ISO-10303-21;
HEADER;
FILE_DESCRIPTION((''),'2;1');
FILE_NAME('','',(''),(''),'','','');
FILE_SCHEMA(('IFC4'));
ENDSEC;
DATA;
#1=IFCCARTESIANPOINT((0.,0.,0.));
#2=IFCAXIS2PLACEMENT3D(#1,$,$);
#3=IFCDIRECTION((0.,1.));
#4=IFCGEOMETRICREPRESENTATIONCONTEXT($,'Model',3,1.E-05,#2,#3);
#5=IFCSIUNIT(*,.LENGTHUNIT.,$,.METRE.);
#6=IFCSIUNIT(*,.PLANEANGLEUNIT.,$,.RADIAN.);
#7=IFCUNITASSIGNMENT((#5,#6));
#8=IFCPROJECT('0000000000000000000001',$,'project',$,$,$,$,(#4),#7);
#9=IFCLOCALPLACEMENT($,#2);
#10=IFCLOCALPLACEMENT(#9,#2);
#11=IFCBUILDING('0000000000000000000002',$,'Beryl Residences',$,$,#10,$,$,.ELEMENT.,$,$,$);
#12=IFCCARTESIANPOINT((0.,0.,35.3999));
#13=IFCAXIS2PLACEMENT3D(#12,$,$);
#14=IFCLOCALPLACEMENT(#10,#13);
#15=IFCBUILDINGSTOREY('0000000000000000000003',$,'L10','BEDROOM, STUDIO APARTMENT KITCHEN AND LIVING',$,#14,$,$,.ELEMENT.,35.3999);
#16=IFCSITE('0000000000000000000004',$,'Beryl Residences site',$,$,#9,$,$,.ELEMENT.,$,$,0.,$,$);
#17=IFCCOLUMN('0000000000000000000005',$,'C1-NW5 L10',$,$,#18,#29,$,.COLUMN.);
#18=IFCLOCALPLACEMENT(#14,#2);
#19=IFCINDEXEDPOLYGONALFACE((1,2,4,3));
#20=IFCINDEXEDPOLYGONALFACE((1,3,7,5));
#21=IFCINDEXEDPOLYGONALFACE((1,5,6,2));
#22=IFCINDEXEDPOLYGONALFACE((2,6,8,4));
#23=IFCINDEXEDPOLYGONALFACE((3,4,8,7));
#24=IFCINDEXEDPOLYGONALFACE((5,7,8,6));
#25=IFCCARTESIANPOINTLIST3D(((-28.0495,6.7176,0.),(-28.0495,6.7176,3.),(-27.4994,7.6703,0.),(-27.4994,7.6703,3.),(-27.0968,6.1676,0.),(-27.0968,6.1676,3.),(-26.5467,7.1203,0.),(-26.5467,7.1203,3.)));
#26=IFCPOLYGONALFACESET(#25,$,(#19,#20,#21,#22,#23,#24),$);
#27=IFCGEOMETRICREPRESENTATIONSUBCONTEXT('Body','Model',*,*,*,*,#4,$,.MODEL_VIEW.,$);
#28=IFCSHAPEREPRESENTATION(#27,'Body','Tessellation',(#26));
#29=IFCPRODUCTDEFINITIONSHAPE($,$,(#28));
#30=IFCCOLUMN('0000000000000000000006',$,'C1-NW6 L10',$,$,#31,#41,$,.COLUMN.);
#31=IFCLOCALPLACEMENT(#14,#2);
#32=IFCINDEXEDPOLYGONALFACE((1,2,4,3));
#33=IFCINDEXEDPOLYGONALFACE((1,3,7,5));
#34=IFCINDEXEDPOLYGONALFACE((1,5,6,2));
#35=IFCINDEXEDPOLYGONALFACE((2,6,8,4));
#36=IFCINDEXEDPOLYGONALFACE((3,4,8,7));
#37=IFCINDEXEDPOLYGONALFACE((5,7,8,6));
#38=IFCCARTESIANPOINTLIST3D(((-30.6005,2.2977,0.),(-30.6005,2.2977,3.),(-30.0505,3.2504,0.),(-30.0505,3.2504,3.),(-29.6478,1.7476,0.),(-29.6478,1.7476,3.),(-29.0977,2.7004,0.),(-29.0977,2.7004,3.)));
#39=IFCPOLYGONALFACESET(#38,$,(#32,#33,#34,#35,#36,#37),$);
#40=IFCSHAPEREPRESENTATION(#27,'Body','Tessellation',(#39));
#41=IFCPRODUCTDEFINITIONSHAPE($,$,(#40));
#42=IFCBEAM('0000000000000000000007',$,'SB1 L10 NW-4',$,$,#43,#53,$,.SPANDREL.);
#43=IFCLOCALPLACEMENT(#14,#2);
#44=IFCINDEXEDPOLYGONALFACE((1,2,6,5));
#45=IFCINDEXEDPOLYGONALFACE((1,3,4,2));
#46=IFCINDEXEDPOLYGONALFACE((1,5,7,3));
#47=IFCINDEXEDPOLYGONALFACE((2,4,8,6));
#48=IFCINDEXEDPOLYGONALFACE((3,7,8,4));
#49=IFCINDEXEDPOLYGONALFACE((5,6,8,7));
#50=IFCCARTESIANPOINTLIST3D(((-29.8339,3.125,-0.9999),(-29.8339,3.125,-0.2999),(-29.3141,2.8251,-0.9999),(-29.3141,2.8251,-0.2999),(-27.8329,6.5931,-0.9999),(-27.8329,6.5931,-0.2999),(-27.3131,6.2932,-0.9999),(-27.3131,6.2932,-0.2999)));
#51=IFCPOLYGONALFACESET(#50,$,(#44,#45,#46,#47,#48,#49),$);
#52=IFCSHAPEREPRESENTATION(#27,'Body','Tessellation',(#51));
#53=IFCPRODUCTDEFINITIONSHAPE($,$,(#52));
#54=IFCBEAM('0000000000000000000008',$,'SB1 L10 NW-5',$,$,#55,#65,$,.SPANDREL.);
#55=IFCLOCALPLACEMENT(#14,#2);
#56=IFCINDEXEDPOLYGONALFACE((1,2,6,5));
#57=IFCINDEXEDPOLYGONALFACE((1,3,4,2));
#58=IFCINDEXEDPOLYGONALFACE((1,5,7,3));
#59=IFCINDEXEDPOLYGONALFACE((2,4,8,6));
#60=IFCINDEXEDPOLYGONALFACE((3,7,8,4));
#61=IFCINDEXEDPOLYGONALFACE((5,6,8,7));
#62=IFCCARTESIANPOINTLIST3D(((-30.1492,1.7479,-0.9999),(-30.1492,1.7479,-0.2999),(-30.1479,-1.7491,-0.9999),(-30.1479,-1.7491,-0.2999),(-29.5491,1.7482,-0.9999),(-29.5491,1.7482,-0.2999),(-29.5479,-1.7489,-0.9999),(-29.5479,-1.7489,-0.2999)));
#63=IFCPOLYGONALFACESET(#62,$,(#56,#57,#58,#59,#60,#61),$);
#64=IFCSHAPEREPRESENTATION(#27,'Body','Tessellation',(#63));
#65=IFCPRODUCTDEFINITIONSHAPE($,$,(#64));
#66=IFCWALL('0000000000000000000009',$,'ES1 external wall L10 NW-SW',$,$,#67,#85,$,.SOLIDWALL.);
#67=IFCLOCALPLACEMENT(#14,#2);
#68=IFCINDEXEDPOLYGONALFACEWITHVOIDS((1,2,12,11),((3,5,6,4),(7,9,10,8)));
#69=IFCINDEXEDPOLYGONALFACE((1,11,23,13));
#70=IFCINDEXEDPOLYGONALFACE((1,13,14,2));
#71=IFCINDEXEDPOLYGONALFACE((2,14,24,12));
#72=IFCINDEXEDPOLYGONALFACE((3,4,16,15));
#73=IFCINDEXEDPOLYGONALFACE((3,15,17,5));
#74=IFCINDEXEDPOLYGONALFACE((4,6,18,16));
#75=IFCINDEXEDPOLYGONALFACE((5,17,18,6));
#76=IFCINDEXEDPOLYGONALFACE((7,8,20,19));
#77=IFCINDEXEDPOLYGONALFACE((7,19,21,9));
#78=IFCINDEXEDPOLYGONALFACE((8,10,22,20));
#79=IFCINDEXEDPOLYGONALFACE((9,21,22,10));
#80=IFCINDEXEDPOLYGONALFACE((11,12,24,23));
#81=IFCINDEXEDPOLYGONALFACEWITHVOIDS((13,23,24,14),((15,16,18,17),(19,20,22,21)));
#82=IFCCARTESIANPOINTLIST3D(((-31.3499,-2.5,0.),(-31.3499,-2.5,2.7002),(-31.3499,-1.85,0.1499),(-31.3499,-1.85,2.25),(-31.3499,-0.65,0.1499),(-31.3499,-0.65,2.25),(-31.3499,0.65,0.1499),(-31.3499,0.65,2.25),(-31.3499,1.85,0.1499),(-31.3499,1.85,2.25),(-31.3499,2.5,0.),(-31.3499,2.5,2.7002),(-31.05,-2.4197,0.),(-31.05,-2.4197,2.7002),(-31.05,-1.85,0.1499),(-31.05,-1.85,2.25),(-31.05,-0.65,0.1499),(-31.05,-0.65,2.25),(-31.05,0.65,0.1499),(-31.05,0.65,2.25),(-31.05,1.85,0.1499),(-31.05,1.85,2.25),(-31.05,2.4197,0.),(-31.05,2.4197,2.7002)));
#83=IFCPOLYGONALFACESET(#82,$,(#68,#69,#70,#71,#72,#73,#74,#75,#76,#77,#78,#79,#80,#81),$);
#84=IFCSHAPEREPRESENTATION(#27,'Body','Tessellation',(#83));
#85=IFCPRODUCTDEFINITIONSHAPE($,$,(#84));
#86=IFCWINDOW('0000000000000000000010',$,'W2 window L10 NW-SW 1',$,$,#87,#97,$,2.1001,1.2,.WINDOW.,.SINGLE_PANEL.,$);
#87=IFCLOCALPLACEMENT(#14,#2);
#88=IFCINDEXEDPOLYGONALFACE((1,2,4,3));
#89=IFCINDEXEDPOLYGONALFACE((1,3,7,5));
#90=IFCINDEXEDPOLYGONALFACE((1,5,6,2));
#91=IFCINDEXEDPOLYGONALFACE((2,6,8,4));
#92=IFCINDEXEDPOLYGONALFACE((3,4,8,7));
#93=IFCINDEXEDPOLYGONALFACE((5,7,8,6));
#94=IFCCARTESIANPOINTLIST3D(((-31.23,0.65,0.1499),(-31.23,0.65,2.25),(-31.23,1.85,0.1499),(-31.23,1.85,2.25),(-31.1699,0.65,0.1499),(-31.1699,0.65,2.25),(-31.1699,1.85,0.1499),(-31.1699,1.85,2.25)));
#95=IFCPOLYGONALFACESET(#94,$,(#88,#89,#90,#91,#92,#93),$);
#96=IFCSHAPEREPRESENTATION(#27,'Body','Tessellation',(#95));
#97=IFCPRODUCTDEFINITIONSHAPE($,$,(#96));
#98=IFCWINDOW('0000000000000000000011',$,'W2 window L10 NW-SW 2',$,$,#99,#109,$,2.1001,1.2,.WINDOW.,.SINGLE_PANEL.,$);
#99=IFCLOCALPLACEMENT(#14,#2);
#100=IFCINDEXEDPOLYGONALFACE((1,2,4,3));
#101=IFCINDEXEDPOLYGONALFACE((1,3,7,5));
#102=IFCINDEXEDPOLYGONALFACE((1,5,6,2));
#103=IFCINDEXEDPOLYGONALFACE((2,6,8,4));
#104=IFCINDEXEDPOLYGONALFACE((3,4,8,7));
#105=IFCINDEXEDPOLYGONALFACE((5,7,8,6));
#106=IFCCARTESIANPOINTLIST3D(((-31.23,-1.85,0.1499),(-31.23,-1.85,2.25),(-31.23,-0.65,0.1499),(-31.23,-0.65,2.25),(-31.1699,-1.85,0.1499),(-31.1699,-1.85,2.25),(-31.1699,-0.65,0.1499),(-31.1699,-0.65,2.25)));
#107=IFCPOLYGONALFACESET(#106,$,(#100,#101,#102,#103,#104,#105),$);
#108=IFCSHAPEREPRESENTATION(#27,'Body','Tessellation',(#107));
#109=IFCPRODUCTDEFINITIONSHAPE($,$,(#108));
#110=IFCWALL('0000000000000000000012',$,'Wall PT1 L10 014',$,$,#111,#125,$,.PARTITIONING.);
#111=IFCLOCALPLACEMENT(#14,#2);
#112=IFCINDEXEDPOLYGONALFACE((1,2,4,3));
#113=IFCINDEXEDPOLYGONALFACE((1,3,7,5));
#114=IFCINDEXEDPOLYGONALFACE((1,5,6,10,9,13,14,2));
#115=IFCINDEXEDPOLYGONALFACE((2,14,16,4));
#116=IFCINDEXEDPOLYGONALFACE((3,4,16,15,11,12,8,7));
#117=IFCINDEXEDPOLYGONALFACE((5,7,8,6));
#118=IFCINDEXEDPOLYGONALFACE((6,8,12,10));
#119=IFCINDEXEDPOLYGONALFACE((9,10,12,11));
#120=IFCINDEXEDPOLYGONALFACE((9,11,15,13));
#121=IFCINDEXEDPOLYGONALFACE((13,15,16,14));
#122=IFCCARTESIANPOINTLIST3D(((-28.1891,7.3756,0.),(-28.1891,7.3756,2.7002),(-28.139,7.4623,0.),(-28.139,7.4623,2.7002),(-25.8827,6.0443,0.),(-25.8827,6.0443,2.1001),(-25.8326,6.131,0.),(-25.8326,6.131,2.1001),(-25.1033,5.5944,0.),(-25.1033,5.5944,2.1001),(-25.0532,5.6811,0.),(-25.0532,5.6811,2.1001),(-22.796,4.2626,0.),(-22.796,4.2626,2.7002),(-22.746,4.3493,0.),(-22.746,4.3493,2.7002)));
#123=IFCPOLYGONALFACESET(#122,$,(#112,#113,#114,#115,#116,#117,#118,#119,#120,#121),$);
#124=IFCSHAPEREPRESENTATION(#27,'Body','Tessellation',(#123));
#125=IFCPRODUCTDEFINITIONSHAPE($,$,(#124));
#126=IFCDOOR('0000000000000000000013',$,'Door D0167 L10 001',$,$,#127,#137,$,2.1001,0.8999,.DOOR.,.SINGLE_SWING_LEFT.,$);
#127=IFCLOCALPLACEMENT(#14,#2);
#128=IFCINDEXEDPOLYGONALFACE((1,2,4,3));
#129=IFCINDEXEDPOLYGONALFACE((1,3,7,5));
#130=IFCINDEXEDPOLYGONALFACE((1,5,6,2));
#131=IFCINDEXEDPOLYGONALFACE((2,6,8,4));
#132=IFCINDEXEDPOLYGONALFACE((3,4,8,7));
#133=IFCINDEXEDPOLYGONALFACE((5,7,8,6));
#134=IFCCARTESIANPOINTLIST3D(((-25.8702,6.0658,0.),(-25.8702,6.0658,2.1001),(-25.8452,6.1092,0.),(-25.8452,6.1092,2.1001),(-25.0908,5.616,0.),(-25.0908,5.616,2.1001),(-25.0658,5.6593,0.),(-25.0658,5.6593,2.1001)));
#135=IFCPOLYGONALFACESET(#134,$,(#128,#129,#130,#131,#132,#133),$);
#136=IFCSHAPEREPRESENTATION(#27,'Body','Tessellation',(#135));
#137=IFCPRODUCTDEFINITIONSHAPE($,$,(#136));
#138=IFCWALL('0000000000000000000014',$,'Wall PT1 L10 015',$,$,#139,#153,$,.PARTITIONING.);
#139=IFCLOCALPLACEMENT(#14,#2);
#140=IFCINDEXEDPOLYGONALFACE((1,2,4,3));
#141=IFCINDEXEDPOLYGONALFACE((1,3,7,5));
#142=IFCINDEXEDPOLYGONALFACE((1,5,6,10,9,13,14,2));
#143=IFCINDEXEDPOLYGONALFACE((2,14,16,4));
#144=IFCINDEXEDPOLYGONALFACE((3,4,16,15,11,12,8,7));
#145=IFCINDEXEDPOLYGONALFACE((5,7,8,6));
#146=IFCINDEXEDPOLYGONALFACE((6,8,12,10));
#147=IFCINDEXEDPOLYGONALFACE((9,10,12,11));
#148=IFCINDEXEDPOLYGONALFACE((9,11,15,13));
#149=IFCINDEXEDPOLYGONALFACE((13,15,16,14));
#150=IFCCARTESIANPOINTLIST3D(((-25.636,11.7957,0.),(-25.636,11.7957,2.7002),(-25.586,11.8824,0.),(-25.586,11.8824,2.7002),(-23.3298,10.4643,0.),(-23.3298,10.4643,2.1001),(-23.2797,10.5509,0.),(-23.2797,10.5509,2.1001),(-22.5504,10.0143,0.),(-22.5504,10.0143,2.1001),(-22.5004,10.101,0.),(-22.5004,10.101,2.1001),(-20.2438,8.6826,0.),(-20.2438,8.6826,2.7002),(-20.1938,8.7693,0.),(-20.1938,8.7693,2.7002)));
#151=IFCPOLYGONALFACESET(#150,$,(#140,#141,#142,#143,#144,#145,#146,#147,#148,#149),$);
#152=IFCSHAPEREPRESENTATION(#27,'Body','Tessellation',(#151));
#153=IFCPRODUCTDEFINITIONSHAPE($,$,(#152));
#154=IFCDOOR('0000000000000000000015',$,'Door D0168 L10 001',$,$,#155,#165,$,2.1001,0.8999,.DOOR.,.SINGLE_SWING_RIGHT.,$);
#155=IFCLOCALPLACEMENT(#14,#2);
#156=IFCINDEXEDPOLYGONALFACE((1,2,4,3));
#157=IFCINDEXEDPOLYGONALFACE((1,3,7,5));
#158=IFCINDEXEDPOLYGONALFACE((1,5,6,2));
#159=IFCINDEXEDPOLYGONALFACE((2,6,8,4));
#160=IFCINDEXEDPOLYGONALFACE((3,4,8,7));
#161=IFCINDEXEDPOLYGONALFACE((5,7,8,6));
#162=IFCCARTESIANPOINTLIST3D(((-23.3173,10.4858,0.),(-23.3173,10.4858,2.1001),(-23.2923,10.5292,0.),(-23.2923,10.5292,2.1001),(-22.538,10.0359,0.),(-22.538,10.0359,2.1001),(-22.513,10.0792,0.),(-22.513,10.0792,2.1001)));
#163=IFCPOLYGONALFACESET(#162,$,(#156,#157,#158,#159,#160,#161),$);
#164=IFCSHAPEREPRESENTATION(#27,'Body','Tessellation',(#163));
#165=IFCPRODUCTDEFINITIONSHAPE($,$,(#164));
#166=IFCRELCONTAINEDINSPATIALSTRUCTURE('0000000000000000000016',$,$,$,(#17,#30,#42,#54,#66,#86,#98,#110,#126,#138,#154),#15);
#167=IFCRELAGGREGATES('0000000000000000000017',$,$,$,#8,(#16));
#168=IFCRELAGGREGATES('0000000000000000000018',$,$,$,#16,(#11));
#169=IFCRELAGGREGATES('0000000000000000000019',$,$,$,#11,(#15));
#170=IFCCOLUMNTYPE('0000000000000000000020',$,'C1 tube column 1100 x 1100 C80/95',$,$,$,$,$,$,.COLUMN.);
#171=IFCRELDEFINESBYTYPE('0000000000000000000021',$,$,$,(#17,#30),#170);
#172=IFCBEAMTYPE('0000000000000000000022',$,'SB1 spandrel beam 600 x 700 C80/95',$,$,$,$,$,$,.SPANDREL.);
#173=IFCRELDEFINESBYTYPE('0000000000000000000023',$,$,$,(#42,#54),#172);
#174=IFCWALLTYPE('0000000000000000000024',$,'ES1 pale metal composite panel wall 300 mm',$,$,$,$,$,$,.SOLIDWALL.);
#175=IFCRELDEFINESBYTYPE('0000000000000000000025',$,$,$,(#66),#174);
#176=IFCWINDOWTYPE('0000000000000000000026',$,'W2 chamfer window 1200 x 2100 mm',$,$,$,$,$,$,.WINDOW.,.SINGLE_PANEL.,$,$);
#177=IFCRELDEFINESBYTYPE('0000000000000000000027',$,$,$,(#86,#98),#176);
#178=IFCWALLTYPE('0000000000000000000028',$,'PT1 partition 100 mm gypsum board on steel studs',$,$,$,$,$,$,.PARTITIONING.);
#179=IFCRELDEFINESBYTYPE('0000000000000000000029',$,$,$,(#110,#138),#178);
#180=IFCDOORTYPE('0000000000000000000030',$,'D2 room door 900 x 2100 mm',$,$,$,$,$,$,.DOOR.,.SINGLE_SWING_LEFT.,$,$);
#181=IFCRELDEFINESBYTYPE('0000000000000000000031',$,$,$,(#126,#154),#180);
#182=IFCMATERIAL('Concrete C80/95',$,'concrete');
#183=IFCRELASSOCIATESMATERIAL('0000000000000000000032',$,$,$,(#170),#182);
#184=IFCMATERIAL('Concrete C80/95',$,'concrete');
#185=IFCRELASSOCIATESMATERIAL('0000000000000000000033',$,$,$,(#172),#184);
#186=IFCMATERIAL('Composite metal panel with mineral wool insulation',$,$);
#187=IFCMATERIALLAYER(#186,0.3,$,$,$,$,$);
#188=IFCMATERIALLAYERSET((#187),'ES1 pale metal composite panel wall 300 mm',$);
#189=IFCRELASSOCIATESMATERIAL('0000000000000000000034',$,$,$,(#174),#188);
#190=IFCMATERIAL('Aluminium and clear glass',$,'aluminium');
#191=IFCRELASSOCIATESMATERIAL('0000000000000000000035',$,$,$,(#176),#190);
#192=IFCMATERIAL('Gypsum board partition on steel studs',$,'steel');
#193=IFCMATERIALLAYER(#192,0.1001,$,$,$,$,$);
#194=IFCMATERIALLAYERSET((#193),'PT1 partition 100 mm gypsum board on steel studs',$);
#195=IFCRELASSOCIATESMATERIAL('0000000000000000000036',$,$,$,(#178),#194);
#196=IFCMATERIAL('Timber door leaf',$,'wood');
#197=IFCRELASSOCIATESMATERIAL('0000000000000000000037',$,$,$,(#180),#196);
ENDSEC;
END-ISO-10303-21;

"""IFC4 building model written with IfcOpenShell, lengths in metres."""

from ifc_helpers import new_model, si_unit, direction, frame, frame_2d, origin, origin_2d, place, context, subcontext, project, spatial, polyline, rectangle, outline, extrude, material, layer, layer_set, material_profile, profile_set, type_object, element, fill, save


model = new_model("IFC4")

# Units and contexts
model_context = context("Model", 3, precision=1e-05, world=origin(), true_north=direction((0.0, 1.0)))
body_context = subcontext(model_context, "Body", "Model", "MODEL_VIEW")
ifc_project = project(units=[si_unit("LENGTHUNIT", "METRE"), si_unit("PLANEANGLEUNIT", "RADIAN")], contexts=[model_context])

# Site, building, storey
site_placement = place(None, origin())
site = spatial("IfcSite", under=ifc_project, at=site_placement, Name="Beryl Residences site", CompositionType="ELEMENT", RefElevation=0.0)
building_placement = place(site_placement, origin())
building = spatial("IfcBuilding", under=site, at=building_placement, Name="Beryl Residences", CompositionType="ELEMENT")
storey_placement = place(building_placement, frame((0.0, 0.0, 35.3999)))
storey = spatial("IfcBuildingStorey", under=building, at=storey_placement, Name="L10", Description="BEDROOM, STUDIO APARTMENT KITCHEN AND LIVING", CompositionType="ELEMENT", Elevation=35.3999)

# Columns
ifc_material_1 = material(Name="Concrete C80/95", Category="concrete")
ifc_material_profile_1 = material_profile(ifc_material_1, rectangle(XDim=1.1001, YDim=1.1001, at=origin_2d()))
ifc_profile_set_1 = profile_set([ifc_material_profile_1], Name="Concrete C80/95")
column_type = type_object("IfcColumnType", Name="C1 tube column 1100 x 1100 C80/95", PredefinedType="COLUMN", material=ifc_profile_set_1)
for number, where, z_axis, x_axis, name in (
    (1, (-27.2981, 6.9189, 0.0), (0.0, 0.0, 1.0), (-0.499985, -0.866034, 0.0), "C1-NW5 L10"),
    (2, (-29.8491, 2.499, 0.0), (0.0, 0.0, 1.0), (-0.499985, -0.866034, 0.0), "C1-NW6 L10"),
):
    element("IfcColumn", number, at=place(storey_placement, frame(where, z_axis=z_axis, x_axis=x_axis)), inside=storey, type_object=column_type, Name=name, PredefinedType="COLUMN", context=body_context, shape_type="SweptSolid", body=[
        extrude(rectangle(XDim=1.1001, YDim=1.1001, at=origin_2d()), origin(), (0.0, 0.0, 1.0), 3.0),
    ])

# Beams
ifc_material_2 = material(Name="Concrete C80/95", Category="concrete")
ifc_material_profile_2 = material_profile(ifc_material_2, rectangle(XDim=0.6001, YDim=0.7, at=origin_2d()))
ifc_profile_set_2 = profile_set([ifc_material_profile_2], Name="Concrete C80/95")
beam_type = type_object("IfcBeamType", Name="SB1 spandrel beam 600 x 700 C80/95", PredefinedType="SPANDREL", material=ifc_profile_set_2)
beam_1_placement = place(storey_placement, frame((-27.573, 6.4431, -0.6499), z_axis=(-0.499759, -0.866164, 0.0), x_axis=(0.866164, -0.499759, 0.0)))
element("IfcBeam", 3, at=beam_1_placement, inside=storey, type_object=beam_type, Name="SB1 L10 NW-4", PredefinedType="SPANDREL", context=body_context, shape_type="SweptSolid", body=[
    extrude(rectangle(XDim=0.6001, YDim=0.7, at=origin_2d()), origin(), (0.0, 0.0, 1.0), 4.0039),
])
beam_2_placement = place(storey_placement, frame((-29.8491, 1.748, -0.6499), z_axis=(0.000349, -1.0, 0.0), x_axis=(1.0, 0.000349, 0.0)))
element("IfcBeam", 4, at=beam_2_placement, inside=storey, type_object=beam_type, Name="SB1 L10 NW-5", PredefinedType="SPANDREL", context=body_context, shape_type="SweptSolid", body=[
    extrude(rectangle(XDim=0.6001, YDim=0.7, at=origin_2d()), origin(), (0.0, 0.0, 1.0), 3.4971),
])

# Wall, openings, windows
ifc_material_3 = material(Name="Composite metal panel with mineral wool insulation")
ifc_layer_1 = layer(ifc_material_3, 0.3)
ifc_layer_set_1 = layer_set([ifc_layer_1], Name="ES1 pale metal composite panel wall 300 mm")
wall_type_1 = type_object("IfcWallType", Name="ES1 pale metal composite panel wall 300 mm", PredefinedType="SOLIDWALL", material=ifc_layer_set_1)
wall_1_placement = place(storey_placement, frame((-31.2, 2.5, 0.0), z_axis=(0.0, 0.0, 1.0), x_axis=(0.0, -1.0, 0.0)))
wall_1 = element("IfcWall", 5, at=wall_1_placement, inside=storey, type_object=wall_type_1, Name="ES1 external wall L10 NW-SW", PredefinedType="SOLIDWALL", context=body_context, shape_type="SweptSolid", body=[
    extrude(outline(polyline([(0.0, -0.1499), (5.0, -0.1499), (4.9197, 0.1499), (0.0803, 0.1499), (0.0, -0.1499)])), origin(), (0.0, 0.0, 1.0), 2.7002),
])
opening_1_placement = place(wall_1_placement, frame((0.6499, 0.0, 0.1499)))
opening_1 = element("IfcOpeningElement", 6, at=opening_1_placement, cuts=wall_1, PredefinedType="OPENING", context=body_context, shape_type="SweptSolid", body=[
    extrude(rectangle(XDim=1.2, YDim=2.1001, at=frame_2d((0.6001, 1.05))), frame((0.0, 0.1599, 0.0), z_axis=(0.0, -1.0, 0.0), x_axis=(1.0, 0.0, 0.0)), (0.0, 0.0, 1.0), 0.3201),
])
opening_2_placement = place(wall_1_placement, frame((3.1499, 0.0, 0.1499)))
opening_2 = element("IfcOpeningElement", 7, at=opening_2_placement, cuts=wall_1, PredefinedType="OPENING", context=body_context, shape_type="SweptSolid", body=[
    extrude(rectangle(XDim=1.2, YDim=2.1001, at=frame_2d((0.6001, 1.05))), frame((0.0, 0.1599, 0.0), z_axis=(0.0, -1.0, 0.0), x_axis=(1.0, 0.0, 0.0)), (0.0, 0.0, 1.0), 0.3201),
])
ifc_material_4 = material(Name="Aluminium and clear glass", Category="aluminium")
window_type = type_object("IfcWindowType", Name="W2 chamfer window 1200 x 2100 mm", PartitioningType="SINGLE_PANEL", PredefinedType="WINDOW", material=ifc_material_4)
window_1_placement = place(opening_1_placement, origin())
window_1 = element("IfcWindow", 8, at=window_1_placement, inside=storey, type_object=window_type, Name="W2 window L10 NW-SW 1", OverallHeight=2.1001, OverallWidth=1.2, PartitioningType="SINGLE_PANEL", PredefinedType="WINDOW", context=body_context, shape_type="SweptSolid", body=[
    extrude(rectangle(XDim=1.2, YDim=2.1001, at=frame_2d((0.6001, 1.05))), frame((0.0, 0.03, 0.0), z_axis=(0.0, -1.0, 0.0), x_axis=(1.0, 0.0, 0.0)), (0.0, 0.0, 1.0), 0.0601),
])
fill(opening_1, window_1)
window_2_placement = place(opening_2_placement, origin())
window_2 = element("IfcWindow", 9, at=window_2_placement, inside=storey, type_object=window_type, Name="W2 window L10 NW-SW 2", OverallHeight=2.1001, OverallWidth=1.2, PartitioningType="SINGLE_PANEL", PredefinedType="WINDOW", context=body_context, shape_type="SweptSolid", body=[
    extrude(rectangle(XDim=1.2, YDim=2.1001, at=frame_2d((0.6001, 1.05))), frame((0.0, 0.03, 0.0), z_axis=(0.0, -1.0, 0.0), x_axis=(1.0, 0.0, 0.0)), (0.0, 0.0, 1.0), 0.0601),
])
fill(opening_2, window_2)

# Walls, openings, doors
ifc_material_5 = material(Name="Gypsum board partition on steel studs", Category="steel")
ifc_layer_2 = layer(ifc_material_5, 0.1001)
ifc_layer_set_2 = layer_set([ifc_layer_2], Name="PT1 partition 100 mm gypsum board on steel studs")
wall_type_2 = type_object("IfcWallType", Name="PT1 partition 100 mm gypsum board on steel studs", PredefinedType="PARTITIONING", material=ifc_layer_set_2)
wall_2_placement = place(storey_placement, frame((-28.1641, 7.4189, 0.0), z_axis=(0.0, 0.0, 1.0), x_axis=(0.866071, -0.499922, 0.0)))
wall_2 = element("IfcWall", 10, at=wall_2_placement, inside=storey, type_object=wall_type_2, Name="Wall PT1 L10 014", PredefinedType="PARTITIONING", context=body_context, shape_type="SweptSolid", body=[
    extrude(rectangle(XDim=6.2271, YDim=0.1001, at=frame_2d((3.1135, 0.0))), origin(), (0.0, 0.0, 1.0), 2.7002),
])
opening_3_placement = place(wall_2_placement, frame((2.6631, 0.0, 0.0)))
opening_3 = element("IfcOpeningElement", 11, at=opening_3_placement, cuts=wall_2, PredefinedType="OPENING", context=body_context, shape_type="SweptSolid", body=[
    extrude(rectangle(XDim=0.8999, YDim=2.1001, at=frame_2d((0.45, 1.05))), frame((0.0, 0.0601, 0.0), z_axis=(0.0, -1.0, 0.0), x_axis=(1.0, 0.0, 0.0)), (0.0, 0.0, 1.0), 0.1201),
])
ifc_material_6 = material(Name="Timber door leaf", Category="wood")
door_type = type_object("IfcDoorType", Name="D2 room door 900 x 2100 mm", OperationType="SINGLE_SWING_LEFT", PredefinedType="DOOR", material=ifc_material_6)
door_1_placement = place(opening_3_placement, origin())
door_1 = element("IfcDoor", 12, at=door_1_placement, inside=storey, type_object=door_type, Name="Door D0167 L10 001", OperationType="SINGLE_SWING_LEFT", OverallHeight=2.1001, OverallWidth=0.8999, PredefinedType="DOOR", context=body_context, shape_type="SweptSolid", body=[
    extrude(rectangle(XDim=0.8999, YDim=2.1001, at=frame_2d((0.45, 1.05))), frame((0.0, 0.0249, 0.0), z_axis=(0.0, -1.0, 0.0), x_axis=(1.0, 0.0, 0.0)), (0.0, 0.0, 1.0), 0.05),
])
fill(opening_3, door_1)
wall_3_placement = place(storey_placement, frame((-25.6111, 11.8391, 0.0), z_axis=(0.0, 0.0, 1.0), x_axis=(0.866031, -0.499989, 0.0)))
wall_3 = element("IfcWall", 13, at=wall_3_placement, inside=storey, type_object=wall_type_2, Name="Wall PT1 L10 015", PredefinedType="PARTITIONING", context=body_context, shape_type="SweptSolid", body=[
    extrude(rectangle(XDim=6.2263, YDim=0.1001, at=frame_2d((3.1133, 0.0))), origin(), (0.0, 0.0, 1.0), 2.7002),
])
opening_4_placement = place(wall_3_placement, frame((2.6631, 0.0, 0.0)))
opening_4 = element("IfcOpeningElement", 14, at=opening_4_placement, cuts=wall_3, PredefinedType="OPENING", context=body_context, shape_type="SweptSolid", body=[
    extrude(rectangle(XDim=0.8999, YDim=2.1001, at=frame_2d((0.45, 1.05))), frame((0.0, 0.0601, 0.0), z_axis=(0.0, -1.0, 0.0), x_axis=(1.0, 0.0, 0.0)), (0.0, 0.0, 1.0), 0.1201),
])
door_2_placement = place(opening_4_placement, origin())
door_2 = element("IfcDoor", 15, at=door_2_placement, inside=storey, type_object=door_type, Name="Door D0168 L10 001", OperationType="SINGLE_SWING_RIGHT", OverallHeight=2.1001, OverallWidth=0.8999, PredefinedType="DOOR", context=body_context, shape_type="SweptSolid", body=[
    extrude(rectangle(XDim=0.8999, YDim=2.1001, at=frame_2d((0.45, 1.05))), frame((0.0, 0.0249, 0.0), z_axis=(0.0, -1.0, 0.0), x_axis=(1.0, 0.0, 0.0)), (0.0, 0.0, 1.0), 0.05),
])
fill(opening_4, door_2)

save(model, "model.ifc")
